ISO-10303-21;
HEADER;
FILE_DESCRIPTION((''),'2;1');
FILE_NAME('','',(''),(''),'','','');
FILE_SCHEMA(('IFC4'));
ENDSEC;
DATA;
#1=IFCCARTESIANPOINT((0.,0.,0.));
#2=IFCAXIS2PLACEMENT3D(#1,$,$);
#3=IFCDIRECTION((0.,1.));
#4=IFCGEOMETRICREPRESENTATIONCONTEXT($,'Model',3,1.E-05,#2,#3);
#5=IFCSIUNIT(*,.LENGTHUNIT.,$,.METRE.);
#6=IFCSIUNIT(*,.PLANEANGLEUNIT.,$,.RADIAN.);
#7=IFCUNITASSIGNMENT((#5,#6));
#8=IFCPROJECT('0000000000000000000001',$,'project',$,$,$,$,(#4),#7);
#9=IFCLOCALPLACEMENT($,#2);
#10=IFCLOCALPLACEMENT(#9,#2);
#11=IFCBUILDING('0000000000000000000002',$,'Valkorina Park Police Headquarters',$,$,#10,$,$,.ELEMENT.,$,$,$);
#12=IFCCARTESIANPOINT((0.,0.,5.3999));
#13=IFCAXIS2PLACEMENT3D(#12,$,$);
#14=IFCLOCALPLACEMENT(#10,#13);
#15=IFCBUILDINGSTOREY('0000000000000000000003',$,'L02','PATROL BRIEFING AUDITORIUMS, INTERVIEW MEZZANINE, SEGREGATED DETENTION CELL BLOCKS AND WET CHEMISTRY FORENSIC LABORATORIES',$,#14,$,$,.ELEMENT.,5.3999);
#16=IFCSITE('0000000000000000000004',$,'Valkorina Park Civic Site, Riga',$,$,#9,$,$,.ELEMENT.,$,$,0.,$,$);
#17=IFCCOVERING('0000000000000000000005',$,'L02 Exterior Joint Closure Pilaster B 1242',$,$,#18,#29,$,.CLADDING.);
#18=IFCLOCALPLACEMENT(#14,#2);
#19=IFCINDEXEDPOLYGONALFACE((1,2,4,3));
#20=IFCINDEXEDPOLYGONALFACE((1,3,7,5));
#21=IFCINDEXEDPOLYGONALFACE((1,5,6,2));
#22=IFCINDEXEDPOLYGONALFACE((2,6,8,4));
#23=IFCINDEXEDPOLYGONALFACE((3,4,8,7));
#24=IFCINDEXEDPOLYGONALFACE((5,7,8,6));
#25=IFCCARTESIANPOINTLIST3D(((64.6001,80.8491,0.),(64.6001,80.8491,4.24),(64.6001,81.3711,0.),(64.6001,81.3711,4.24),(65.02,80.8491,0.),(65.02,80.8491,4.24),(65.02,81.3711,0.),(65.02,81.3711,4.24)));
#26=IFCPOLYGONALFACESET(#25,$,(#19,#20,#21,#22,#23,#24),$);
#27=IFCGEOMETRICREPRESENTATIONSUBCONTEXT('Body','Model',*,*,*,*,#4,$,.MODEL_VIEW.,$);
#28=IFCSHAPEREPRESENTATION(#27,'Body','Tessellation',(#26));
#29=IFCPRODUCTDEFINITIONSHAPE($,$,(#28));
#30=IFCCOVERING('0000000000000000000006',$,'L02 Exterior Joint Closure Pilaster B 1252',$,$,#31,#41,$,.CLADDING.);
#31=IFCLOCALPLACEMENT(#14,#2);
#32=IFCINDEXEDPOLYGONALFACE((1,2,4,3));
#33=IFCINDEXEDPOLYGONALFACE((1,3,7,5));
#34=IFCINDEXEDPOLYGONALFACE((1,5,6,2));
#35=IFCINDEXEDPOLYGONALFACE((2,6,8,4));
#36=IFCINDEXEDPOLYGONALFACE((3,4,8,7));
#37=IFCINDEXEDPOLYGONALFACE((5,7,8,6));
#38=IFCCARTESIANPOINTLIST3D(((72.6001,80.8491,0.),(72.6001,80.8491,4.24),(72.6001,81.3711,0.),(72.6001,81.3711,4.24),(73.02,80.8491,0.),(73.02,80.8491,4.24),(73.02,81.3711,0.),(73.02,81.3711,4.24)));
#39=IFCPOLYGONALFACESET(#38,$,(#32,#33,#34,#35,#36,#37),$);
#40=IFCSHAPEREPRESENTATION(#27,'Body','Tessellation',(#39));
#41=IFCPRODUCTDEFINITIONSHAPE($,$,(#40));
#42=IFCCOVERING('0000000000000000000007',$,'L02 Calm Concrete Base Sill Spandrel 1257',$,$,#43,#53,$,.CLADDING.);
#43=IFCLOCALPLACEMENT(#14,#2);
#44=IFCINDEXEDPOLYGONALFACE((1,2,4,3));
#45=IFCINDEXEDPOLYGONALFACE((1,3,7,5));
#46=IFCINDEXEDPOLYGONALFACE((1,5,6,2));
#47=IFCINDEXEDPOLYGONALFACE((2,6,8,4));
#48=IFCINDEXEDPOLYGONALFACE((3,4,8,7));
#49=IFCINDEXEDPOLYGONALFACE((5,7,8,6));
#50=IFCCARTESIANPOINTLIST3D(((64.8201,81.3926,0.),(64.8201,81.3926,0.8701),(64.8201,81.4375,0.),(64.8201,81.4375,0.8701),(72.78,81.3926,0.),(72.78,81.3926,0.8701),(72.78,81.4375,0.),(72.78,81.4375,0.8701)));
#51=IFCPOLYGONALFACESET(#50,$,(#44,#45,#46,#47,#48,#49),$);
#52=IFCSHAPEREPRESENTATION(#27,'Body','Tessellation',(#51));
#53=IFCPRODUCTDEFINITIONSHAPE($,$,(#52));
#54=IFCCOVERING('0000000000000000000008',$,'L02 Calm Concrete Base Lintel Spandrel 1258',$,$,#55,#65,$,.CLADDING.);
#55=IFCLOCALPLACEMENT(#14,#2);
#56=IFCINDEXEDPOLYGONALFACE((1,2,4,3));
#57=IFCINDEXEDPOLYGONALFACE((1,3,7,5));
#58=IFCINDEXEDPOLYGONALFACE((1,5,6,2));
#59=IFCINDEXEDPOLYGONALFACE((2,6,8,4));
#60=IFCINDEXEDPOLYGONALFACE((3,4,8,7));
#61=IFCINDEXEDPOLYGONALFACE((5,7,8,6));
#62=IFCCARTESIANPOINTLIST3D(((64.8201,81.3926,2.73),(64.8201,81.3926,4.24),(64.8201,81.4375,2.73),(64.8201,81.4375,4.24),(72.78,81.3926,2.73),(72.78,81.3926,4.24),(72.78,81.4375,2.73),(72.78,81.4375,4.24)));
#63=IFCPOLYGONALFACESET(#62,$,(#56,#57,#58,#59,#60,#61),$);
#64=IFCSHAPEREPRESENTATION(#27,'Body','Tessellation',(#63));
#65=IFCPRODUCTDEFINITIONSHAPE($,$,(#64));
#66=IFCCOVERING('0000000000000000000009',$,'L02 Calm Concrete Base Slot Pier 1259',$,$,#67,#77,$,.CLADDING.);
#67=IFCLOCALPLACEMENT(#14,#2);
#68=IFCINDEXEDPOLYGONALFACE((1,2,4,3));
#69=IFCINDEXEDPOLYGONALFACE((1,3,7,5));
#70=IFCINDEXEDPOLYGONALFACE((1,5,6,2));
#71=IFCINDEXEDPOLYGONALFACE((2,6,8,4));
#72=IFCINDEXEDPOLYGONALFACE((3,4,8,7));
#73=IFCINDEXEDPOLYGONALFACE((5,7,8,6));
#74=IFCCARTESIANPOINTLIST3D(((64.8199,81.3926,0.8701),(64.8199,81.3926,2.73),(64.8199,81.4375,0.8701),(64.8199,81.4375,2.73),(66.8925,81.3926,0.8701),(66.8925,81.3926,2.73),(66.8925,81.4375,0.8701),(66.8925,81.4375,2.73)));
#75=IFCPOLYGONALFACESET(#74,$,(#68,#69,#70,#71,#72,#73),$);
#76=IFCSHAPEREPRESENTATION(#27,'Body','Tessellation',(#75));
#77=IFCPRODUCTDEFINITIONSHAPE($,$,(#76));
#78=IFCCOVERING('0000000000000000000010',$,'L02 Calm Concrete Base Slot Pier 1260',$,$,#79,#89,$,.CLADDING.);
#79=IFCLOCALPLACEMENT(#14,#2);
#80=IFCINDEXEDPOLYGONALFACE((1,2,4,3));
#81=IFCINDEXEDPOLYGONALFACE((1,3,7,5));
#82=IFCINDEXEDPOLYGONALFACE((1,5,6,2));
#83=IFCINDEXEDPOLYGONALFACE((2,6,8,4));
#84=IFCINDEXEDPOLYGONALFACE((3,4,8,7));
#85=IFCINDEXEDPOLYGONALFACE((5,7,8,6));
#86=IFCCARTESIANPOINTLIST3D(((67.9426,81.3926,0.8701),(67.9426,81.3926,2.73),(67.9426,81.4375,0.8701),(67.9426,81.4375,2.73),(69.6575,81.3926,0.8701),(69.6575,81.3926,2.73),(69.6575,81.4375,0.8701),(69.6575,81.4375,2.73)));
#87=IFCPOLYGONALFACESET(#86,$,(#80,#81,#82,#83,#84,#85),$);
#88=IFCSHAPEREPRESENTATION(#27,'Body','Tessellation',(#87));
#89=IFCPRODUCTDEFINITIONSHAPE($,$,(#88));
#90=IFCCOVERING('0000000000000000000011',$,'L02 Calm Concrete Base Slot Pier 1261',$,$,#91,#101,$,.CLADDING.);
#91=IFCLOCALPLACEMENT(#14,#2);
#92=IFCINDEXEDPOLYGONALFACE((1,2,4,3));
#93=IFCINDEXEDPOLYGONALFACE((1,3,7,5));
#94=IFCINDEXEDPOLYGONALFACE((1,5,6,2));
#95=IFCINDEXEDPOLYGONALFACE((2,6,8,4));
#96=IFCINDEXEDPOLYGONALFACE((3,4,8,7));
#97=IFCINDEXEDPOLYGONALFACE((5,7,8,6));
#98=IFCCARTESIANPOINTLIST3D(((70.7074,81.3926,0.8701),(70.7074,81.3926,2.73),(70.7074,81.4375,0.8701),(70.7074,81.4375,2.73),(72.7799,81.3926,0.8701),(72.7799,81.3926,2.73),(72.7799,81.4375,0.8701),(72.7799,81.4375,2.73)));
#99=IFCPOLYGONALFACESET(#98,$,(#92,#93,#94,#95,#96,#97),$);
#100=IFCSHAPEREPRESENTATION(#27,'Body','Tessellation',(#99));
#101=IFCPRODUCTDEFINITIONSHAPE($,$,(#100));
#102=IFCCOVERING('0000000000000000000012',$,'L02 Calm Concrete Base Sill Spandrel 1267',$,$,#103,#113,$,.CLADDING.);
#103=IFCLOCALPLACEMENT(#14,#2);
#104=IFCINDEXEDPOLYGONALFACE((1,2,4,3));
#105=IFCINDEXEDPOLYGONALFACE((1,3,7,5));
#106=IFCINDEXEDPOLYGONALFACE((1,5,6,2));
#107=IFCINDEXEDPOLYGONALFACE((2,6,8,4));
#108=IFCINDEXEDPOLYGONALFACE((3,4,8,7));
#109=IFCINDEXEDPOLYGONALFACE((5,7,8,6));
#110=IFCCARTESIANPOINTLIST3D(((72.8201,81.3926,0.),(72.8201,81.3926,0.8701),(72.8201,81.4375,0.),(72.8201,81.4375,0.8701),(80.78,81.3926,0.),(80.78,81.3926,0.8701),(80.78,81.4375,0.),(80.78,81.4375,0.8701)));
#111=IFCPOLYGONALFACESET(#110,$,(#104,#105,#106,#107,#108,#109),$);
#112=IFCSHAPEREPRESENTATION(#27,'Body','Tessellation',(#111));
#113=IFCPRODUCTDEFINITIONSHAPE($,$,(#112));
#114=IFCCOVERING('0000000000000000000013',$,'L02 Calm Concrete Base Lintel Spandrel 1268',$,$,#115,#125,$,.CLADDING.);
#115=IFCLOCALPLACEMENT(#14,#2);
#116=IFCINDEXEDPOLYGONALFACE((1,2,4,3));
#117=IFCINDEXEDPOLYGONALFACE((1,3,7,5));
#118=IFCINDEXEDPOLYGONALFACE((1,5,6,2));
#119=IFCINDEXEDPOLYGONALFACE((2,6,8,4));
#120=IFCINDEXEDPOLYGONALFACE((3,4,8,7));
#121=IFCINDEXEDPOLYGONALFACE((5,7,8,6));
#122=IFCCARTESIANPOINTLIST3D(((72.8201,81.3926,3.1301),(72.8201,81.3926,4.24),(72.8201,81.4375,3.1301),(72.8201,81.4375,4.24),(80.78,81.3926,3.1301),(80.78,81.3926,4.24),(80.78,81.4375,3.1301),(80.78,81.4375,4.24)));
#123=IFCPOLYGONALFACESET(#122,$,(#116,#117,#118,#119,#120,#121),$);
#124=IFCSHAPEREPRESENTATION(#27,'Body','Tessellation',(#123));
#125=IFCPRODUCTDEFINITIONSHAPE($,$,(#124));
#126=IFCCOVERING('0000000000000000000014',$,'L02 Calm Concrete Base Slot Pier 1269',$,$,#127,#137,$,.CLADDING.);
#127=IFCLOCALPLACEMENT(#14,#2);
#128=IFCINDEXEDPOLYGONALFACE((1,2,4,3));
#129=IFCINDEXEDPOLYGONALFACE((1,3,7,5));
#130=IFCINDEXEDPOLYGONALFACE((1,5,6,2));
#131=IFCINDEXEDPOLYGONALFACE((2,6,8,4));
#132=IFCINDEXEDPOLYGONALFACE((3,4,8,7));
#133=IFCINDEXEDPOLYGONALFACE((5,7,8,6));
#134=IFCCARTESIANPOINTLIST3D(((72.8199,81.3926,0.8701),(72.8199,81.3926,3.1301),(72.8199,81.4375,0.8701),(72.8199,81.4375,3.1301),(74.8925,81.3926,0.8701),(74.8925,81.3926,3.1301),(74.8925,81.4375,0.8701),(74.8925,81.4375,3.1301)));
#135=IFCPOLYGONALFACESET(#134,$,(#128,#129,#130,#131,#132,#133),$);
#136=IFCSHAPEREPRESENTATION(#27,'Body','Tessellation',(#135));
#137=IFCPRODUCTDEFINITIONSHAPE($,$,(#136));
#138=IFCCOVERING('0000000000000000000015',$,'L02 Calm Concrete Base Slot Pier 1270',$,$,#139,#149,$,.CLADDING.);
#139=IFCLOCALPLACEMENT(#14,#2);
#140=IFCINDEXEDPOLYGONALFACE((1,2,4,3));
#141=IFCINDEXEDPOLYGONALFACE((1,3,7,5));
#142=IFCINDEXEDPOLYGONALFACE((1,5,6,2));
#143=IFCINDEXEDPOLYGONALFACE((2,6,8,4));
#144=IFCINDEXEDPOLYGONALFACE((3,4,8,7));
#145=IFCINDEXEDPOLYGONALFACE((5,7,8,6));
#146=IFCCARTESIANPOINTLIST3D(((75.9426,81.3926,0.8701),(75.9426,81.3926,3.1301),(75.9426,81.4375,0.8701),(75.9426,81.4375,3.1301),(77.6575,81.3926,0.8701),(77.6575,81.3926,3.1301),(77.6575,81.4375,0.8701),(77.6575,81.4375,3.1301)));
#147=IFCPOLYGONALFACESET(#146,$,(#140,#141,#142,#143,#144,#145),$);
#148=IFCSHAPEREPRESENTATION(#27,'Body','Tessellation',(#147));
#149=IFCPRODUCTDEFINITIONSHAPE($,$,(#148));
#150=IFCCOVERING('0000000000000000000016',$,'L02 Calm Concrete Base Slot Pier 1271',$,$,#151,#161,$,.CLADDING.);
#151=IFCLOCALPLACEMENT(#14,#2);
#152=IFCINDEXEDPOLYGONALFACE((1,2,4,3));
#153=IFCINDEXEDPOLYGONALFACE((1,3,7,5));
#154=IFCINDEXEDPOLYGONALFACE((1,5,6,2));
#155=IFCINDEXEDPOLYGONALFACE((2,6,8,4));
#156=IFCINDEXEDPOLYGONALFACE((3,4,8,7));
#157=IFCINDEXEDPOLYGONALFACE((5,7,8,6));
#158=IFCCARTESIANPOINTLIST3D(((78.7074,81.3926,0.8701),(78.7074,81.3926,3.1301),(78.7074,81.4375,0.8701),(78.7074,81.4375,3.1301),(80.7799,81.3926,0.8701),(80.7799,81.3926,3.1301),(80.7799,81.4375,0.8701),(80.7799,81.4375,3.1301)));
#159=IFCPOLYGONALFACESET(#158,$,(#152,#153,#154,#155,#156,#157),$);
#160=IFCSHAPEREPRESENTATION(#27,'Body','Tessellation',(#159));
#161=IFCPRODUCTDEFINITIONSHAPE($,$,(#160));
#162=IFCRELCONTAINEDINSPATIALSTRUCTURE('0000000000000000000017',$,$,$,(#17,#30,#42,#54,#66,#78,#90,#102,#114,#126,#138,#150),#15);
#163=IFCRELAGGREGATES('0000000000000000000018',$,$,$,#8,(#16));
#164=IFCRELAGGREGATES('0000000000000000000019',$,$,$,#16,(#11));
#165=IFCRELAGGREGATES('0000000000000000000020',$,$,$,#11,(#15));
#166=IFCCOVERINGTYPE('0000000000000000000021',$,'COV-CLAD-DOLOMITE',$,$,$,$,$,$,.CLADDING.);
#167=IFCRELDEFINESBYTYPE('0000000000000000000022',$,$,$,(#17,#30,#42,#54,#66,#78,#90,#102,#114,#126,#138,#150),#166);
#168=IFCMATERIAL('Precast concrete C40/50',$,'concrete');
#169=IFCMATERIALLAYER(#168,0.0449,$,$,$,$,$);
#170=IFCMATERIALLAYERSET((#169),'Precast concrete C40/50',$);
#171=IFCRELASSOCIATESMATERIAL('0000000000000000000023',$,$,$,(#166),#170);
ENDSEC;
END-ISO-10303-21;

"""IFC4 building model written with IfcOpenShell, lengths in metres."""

from ifc_helpers import new_model, si_unit, direction, frame, frame_2d, origin, origin_2d, place, context, subcontext, project, spatial, rectangle, extrude, material, layer, layer_set, type_object, element, save


model = new_model("IFC4")

# Units and contexts
model_context = context("Model", 3, precision=1e-05, world=origin(), true_north=direction((0.0, 1.0)))
body_context = subcontext(model_context, "Body", "Model", "MODEL_VIEW")
ifc_project = project(units=[si_unit("LENGTHUNIT", "METRE"), si_unit("PLANEANGLEUNIT", "RADIAN")], contexts=[model_context])

# Site, building, storey
site_placement = place(None, origin())
site = spatial("IfcSite", under=ifc_project, at=site_placement, Name="Valkorina Park Civic Site, Riga", CompositionType="ELEMENT", RefElevation=0.0)
building_placement = place(site_placement, origin())
building = spatial("IfcBuilding", under=site, at=building_placement, Name="Valkorina Park Police Headquarters", CompositionType="ELEMENT")
storey_placement = place(building_placement, frame((0.0, 0.0, 5.3999)))
storey = spatial("IfcBuildingStorey", under=building, at=storey_placement, Name="L02", Description="PATROL BRIEFING AUDITORIUMS, INTERVIEW MEZZANINE, SEGREGATED DETENTION CELL BLOCKS AND WET CHEMISTRY FORENSIC LABORATORIES", CompositionType="ELEMENT", Elevation=5.3999)

# Coverings
ifc_material_1 = material(Name="Precast concrete C40/50", Category="concrete")
ifc_layer_1 = layer(ifc_material_1, 0.0449)
ifc_layer_set_1 = layer_set([ifc_layer_1], Name="Precast concrete C40/50")
covering_type = type_object("IfcCoveringType", Name="COV-CLAD-DOLOMITE", PredefinedType="CLADDING", material=ifc_layer_set_1)
for number, where, z_axis, x_axis, name in (
    (1, (64.8101, 81.1101, 0.0), (0.0, 0.0, 1.0), (1.0, 0.0, 0.0), "L02 Exterior Joint Closure Pilaster B 1242"),
    (2, (72.8101, 81.1101, 0.0), (0.0, 0.0, 1.0), (1.0, 0.0, 0.0), "L02 Exterior Joint Closure Pilaster B 1252"),
):
    element("IfcCovering", number, at=place(storey_placement, frame(where, z_axis=z_axis, x_axis=x_axis)), inside=storey, type_object=covering_type, Name=name, PredefinedType="CLADDING", context=body_context, shape_type="SweptSolid", body=[
        extrude(rectangle(XDim=0.4199, YDim=0.522, at=origin_2d()), origin(), (0.0, 0.0, 1.0), 4.24),
    ])
covering_1_placement = place(storey_placement, frame((64.8201, 81.415, 0.0), z_axis=(0.0, 0.0, 1.0), x_axis=(1.0, 0.0, 0.0)))
element("IfcCovering", 3, at=covering_1_placement, inside=storey, type_object=covering_type, Name="L02 Calm Concrete Base Sill Spandrel 1257", PredefinedType="CLADDING", context=body_context, shape_type="SweptSolid", body=[
    extrude(rectangle(XDim=7.96, YDim=0.0449, at=frame_2d((3.98, 0.0))), origin(), (0.0, 0.0, 1.0), 0.8701),
])
covering_2_placement = place(storey_placement, frame((64.8201, 81.415, 2.73), z_axis=(0.0, 0.0, 1.0), x_axis=(1.0, 0.0, 0.0)))
element("IfcCovering", 4, at=covering_2_placement, inside=storey, type_object=covering_type, Name="L02 Calm Concrete Base Lintel Spandrel 1258", PredefinedType="CLADDING", context=body_context, shape_type="SweptSolid", body=[
    extrude(rectangle(XDim=7.96, YDim=0.0449, at=frame_2d((3.98, 0.0))), origin(), (0.0, 0.0, 1.0), 1.51),
])
covering_3_placement = place(storey_placement, frame((64.8201, 81.415, 0.8701), z_axis=(0.0, 0.0, 1.0), x_axis=(1.0, 0.0, 0.0)))
element("IfcCovering", 5, at=covering_3_placement, inside=storey, type_object=covering_type, Name="L02 Calm Concrete Base Slot Pier 1259", PredefinedType="CLADDING", context=body_context, shape_type="SweptSolid", body=[
    extrude(rectangle(XDim=2.0725, YDim=0.0449, at=frame_2d((1.0361, 0.0))), origin(), (0.0, 0.0, 1.0), 1.8599),
])
covering_4_placement = place(storey_placement, frame((67.9426, 81.415, 0.8701), z_axis=(0.0, 0.0, 1.0), x_axis=(1.0, 0.0, 0.0)))
element("IfcCovering", 6, at=covering_4_placement, inside=storey, type_object=covering_type, Name="L02 Calm Concrete Base Slot Pier 1260", PredefinedType="CLADDING", context=body_context, shape_type="SweptSolid", body=[
    extrude(rectangle(XDim=1.7148, YDim=0.0449, at=frame_2d((0.8574, 0.0))), origin(), (0.0, 0.0, 1.0), 1.8599),
])
covering_5_placement = place(storey_placement, frame((70.7075, 81.415, 0.8701), z_axis=(0.0, 0.0, 1.0), x_axis=(1.0, 0.0, 0.0)))
element("IfcCovering", 7, at=covering_5_placement, inside=storey, type_object=covering_type, Name="L02 Calm Concrete Base Slot Pier 1261", PredefinedType="CLADDING", context=body_context, shape_type="SweptSolid", body=[
    extrude(rectangle(XDim=2.0725, YDim=0.0449, at=frame_2d((1.0361, 0.0))), origin(), (0.0, 0.0, 1.0), 1.8599),
])
covering_6_placement = place(storey_placement, frame((72.8201, 81.415, 0.0), z_axis=(0.0, 0.0, 1.0), x_axis=(1.0, 0.0, 0.0)))
element("IfcCovering", 8, at=covering_6_placement, inside=storey, type_object=covering_type, Name="L02 Calm Concrete Base Sill Spandrel 1267", PredefinedType="CLADDING", context=body_context, shape_type="SweptSolid", body=[
    extrude(rectangle(XDim=7.96, YDim=0.0449, at=frame_2d((3.98, 0.0))), origin(), (0.0, 0.0, 1.0), 0.8701),
])
covering_7_placement = place(storey_placement, frame((72.8201, 81.415, 3.1301), z_axis=(0.0, 0.0, 1.0), x_axis=(1.0, 0.0, 0.0)))
element("IfcCovering", 9, at=covering_7_placement, inside=storey, type_object=covering_type, Name="L02 Calm Concrete Base Lintel Spandrel 1268", PredefinedType="CLADDING", context=body_context, shape_type="SweptSolid", body=[
    extrude(rectangle(XDim=7.96, YDim=0.0449, at=frame_2d((3.98, 0.0))), origin(), (0.0, 0.0, 1.0), 1.1099),
])
covering_8_placement = place(storey_placement, frame((72.8201, 81.415, 0.8701), z_axis=(0.0, 0.0, 1.0), x_axis=(1.0, 0.0, 0.0)))
element("IfcCovering", 10, at=covering_8_placement, inside=storey, type_object=covering_type, Name="L02 Calm Concrete Base Slot Pier 1269", PredefinedType="CLADDING", context=body_context, shape_type="SweptSolid", body=[
    extrude(rectangle(XDim=2.0725, YDim=0.0449, at=frame_2d((1.0361, 0.0))), origin(), (0.0, 0.0, 1.0), 2.26),
])
covering_9_placement = place(storey_placement, frame((75.9426, 81.415, 0.8701), z_axis=(0.0, 0.0, 1.0), x_axis=(1.0, 0.0, 0.0)))
element("IfcCovering", 11, at=covering_9_placement, inside=storey, type_object=covering_type, Name="L02 Calm Concrete Base Slot Pier 1270", PredefinedType="CLADDING", context=body_context, shape_type="SweptSolid", body=[
    extrude(rectangle(XDim=1.7148, YDim=0.0449, at=frame_2d((0.8574, 0.0))), origin(), (0.0, 0.0, 1.0), 2.26),
])
covering_10_placement = place(storey_placement, frame((78.7075, 81.415, 0.8701), z_axis=(0.0, 0.0, 1.0), x_axis=(1.0, 0.0, 0.0)))
element("IfcCovering", 12, at=covering_10_placement, inside=storey, type_object=covering_type, Name="L02 Calm Concrete Base Slot Pier 1271", PredefinedType="CLADDING", context=body_context, shape_type="SweptSolid", body=[
    extrude(rectangle(XDim=2.0725, YDim=0.0449, at=frame_2d((1.0361, 0.0))), origin(), (0.0, 0.0, 1.0), 2.26),
])

save(model, "model.ifc")
